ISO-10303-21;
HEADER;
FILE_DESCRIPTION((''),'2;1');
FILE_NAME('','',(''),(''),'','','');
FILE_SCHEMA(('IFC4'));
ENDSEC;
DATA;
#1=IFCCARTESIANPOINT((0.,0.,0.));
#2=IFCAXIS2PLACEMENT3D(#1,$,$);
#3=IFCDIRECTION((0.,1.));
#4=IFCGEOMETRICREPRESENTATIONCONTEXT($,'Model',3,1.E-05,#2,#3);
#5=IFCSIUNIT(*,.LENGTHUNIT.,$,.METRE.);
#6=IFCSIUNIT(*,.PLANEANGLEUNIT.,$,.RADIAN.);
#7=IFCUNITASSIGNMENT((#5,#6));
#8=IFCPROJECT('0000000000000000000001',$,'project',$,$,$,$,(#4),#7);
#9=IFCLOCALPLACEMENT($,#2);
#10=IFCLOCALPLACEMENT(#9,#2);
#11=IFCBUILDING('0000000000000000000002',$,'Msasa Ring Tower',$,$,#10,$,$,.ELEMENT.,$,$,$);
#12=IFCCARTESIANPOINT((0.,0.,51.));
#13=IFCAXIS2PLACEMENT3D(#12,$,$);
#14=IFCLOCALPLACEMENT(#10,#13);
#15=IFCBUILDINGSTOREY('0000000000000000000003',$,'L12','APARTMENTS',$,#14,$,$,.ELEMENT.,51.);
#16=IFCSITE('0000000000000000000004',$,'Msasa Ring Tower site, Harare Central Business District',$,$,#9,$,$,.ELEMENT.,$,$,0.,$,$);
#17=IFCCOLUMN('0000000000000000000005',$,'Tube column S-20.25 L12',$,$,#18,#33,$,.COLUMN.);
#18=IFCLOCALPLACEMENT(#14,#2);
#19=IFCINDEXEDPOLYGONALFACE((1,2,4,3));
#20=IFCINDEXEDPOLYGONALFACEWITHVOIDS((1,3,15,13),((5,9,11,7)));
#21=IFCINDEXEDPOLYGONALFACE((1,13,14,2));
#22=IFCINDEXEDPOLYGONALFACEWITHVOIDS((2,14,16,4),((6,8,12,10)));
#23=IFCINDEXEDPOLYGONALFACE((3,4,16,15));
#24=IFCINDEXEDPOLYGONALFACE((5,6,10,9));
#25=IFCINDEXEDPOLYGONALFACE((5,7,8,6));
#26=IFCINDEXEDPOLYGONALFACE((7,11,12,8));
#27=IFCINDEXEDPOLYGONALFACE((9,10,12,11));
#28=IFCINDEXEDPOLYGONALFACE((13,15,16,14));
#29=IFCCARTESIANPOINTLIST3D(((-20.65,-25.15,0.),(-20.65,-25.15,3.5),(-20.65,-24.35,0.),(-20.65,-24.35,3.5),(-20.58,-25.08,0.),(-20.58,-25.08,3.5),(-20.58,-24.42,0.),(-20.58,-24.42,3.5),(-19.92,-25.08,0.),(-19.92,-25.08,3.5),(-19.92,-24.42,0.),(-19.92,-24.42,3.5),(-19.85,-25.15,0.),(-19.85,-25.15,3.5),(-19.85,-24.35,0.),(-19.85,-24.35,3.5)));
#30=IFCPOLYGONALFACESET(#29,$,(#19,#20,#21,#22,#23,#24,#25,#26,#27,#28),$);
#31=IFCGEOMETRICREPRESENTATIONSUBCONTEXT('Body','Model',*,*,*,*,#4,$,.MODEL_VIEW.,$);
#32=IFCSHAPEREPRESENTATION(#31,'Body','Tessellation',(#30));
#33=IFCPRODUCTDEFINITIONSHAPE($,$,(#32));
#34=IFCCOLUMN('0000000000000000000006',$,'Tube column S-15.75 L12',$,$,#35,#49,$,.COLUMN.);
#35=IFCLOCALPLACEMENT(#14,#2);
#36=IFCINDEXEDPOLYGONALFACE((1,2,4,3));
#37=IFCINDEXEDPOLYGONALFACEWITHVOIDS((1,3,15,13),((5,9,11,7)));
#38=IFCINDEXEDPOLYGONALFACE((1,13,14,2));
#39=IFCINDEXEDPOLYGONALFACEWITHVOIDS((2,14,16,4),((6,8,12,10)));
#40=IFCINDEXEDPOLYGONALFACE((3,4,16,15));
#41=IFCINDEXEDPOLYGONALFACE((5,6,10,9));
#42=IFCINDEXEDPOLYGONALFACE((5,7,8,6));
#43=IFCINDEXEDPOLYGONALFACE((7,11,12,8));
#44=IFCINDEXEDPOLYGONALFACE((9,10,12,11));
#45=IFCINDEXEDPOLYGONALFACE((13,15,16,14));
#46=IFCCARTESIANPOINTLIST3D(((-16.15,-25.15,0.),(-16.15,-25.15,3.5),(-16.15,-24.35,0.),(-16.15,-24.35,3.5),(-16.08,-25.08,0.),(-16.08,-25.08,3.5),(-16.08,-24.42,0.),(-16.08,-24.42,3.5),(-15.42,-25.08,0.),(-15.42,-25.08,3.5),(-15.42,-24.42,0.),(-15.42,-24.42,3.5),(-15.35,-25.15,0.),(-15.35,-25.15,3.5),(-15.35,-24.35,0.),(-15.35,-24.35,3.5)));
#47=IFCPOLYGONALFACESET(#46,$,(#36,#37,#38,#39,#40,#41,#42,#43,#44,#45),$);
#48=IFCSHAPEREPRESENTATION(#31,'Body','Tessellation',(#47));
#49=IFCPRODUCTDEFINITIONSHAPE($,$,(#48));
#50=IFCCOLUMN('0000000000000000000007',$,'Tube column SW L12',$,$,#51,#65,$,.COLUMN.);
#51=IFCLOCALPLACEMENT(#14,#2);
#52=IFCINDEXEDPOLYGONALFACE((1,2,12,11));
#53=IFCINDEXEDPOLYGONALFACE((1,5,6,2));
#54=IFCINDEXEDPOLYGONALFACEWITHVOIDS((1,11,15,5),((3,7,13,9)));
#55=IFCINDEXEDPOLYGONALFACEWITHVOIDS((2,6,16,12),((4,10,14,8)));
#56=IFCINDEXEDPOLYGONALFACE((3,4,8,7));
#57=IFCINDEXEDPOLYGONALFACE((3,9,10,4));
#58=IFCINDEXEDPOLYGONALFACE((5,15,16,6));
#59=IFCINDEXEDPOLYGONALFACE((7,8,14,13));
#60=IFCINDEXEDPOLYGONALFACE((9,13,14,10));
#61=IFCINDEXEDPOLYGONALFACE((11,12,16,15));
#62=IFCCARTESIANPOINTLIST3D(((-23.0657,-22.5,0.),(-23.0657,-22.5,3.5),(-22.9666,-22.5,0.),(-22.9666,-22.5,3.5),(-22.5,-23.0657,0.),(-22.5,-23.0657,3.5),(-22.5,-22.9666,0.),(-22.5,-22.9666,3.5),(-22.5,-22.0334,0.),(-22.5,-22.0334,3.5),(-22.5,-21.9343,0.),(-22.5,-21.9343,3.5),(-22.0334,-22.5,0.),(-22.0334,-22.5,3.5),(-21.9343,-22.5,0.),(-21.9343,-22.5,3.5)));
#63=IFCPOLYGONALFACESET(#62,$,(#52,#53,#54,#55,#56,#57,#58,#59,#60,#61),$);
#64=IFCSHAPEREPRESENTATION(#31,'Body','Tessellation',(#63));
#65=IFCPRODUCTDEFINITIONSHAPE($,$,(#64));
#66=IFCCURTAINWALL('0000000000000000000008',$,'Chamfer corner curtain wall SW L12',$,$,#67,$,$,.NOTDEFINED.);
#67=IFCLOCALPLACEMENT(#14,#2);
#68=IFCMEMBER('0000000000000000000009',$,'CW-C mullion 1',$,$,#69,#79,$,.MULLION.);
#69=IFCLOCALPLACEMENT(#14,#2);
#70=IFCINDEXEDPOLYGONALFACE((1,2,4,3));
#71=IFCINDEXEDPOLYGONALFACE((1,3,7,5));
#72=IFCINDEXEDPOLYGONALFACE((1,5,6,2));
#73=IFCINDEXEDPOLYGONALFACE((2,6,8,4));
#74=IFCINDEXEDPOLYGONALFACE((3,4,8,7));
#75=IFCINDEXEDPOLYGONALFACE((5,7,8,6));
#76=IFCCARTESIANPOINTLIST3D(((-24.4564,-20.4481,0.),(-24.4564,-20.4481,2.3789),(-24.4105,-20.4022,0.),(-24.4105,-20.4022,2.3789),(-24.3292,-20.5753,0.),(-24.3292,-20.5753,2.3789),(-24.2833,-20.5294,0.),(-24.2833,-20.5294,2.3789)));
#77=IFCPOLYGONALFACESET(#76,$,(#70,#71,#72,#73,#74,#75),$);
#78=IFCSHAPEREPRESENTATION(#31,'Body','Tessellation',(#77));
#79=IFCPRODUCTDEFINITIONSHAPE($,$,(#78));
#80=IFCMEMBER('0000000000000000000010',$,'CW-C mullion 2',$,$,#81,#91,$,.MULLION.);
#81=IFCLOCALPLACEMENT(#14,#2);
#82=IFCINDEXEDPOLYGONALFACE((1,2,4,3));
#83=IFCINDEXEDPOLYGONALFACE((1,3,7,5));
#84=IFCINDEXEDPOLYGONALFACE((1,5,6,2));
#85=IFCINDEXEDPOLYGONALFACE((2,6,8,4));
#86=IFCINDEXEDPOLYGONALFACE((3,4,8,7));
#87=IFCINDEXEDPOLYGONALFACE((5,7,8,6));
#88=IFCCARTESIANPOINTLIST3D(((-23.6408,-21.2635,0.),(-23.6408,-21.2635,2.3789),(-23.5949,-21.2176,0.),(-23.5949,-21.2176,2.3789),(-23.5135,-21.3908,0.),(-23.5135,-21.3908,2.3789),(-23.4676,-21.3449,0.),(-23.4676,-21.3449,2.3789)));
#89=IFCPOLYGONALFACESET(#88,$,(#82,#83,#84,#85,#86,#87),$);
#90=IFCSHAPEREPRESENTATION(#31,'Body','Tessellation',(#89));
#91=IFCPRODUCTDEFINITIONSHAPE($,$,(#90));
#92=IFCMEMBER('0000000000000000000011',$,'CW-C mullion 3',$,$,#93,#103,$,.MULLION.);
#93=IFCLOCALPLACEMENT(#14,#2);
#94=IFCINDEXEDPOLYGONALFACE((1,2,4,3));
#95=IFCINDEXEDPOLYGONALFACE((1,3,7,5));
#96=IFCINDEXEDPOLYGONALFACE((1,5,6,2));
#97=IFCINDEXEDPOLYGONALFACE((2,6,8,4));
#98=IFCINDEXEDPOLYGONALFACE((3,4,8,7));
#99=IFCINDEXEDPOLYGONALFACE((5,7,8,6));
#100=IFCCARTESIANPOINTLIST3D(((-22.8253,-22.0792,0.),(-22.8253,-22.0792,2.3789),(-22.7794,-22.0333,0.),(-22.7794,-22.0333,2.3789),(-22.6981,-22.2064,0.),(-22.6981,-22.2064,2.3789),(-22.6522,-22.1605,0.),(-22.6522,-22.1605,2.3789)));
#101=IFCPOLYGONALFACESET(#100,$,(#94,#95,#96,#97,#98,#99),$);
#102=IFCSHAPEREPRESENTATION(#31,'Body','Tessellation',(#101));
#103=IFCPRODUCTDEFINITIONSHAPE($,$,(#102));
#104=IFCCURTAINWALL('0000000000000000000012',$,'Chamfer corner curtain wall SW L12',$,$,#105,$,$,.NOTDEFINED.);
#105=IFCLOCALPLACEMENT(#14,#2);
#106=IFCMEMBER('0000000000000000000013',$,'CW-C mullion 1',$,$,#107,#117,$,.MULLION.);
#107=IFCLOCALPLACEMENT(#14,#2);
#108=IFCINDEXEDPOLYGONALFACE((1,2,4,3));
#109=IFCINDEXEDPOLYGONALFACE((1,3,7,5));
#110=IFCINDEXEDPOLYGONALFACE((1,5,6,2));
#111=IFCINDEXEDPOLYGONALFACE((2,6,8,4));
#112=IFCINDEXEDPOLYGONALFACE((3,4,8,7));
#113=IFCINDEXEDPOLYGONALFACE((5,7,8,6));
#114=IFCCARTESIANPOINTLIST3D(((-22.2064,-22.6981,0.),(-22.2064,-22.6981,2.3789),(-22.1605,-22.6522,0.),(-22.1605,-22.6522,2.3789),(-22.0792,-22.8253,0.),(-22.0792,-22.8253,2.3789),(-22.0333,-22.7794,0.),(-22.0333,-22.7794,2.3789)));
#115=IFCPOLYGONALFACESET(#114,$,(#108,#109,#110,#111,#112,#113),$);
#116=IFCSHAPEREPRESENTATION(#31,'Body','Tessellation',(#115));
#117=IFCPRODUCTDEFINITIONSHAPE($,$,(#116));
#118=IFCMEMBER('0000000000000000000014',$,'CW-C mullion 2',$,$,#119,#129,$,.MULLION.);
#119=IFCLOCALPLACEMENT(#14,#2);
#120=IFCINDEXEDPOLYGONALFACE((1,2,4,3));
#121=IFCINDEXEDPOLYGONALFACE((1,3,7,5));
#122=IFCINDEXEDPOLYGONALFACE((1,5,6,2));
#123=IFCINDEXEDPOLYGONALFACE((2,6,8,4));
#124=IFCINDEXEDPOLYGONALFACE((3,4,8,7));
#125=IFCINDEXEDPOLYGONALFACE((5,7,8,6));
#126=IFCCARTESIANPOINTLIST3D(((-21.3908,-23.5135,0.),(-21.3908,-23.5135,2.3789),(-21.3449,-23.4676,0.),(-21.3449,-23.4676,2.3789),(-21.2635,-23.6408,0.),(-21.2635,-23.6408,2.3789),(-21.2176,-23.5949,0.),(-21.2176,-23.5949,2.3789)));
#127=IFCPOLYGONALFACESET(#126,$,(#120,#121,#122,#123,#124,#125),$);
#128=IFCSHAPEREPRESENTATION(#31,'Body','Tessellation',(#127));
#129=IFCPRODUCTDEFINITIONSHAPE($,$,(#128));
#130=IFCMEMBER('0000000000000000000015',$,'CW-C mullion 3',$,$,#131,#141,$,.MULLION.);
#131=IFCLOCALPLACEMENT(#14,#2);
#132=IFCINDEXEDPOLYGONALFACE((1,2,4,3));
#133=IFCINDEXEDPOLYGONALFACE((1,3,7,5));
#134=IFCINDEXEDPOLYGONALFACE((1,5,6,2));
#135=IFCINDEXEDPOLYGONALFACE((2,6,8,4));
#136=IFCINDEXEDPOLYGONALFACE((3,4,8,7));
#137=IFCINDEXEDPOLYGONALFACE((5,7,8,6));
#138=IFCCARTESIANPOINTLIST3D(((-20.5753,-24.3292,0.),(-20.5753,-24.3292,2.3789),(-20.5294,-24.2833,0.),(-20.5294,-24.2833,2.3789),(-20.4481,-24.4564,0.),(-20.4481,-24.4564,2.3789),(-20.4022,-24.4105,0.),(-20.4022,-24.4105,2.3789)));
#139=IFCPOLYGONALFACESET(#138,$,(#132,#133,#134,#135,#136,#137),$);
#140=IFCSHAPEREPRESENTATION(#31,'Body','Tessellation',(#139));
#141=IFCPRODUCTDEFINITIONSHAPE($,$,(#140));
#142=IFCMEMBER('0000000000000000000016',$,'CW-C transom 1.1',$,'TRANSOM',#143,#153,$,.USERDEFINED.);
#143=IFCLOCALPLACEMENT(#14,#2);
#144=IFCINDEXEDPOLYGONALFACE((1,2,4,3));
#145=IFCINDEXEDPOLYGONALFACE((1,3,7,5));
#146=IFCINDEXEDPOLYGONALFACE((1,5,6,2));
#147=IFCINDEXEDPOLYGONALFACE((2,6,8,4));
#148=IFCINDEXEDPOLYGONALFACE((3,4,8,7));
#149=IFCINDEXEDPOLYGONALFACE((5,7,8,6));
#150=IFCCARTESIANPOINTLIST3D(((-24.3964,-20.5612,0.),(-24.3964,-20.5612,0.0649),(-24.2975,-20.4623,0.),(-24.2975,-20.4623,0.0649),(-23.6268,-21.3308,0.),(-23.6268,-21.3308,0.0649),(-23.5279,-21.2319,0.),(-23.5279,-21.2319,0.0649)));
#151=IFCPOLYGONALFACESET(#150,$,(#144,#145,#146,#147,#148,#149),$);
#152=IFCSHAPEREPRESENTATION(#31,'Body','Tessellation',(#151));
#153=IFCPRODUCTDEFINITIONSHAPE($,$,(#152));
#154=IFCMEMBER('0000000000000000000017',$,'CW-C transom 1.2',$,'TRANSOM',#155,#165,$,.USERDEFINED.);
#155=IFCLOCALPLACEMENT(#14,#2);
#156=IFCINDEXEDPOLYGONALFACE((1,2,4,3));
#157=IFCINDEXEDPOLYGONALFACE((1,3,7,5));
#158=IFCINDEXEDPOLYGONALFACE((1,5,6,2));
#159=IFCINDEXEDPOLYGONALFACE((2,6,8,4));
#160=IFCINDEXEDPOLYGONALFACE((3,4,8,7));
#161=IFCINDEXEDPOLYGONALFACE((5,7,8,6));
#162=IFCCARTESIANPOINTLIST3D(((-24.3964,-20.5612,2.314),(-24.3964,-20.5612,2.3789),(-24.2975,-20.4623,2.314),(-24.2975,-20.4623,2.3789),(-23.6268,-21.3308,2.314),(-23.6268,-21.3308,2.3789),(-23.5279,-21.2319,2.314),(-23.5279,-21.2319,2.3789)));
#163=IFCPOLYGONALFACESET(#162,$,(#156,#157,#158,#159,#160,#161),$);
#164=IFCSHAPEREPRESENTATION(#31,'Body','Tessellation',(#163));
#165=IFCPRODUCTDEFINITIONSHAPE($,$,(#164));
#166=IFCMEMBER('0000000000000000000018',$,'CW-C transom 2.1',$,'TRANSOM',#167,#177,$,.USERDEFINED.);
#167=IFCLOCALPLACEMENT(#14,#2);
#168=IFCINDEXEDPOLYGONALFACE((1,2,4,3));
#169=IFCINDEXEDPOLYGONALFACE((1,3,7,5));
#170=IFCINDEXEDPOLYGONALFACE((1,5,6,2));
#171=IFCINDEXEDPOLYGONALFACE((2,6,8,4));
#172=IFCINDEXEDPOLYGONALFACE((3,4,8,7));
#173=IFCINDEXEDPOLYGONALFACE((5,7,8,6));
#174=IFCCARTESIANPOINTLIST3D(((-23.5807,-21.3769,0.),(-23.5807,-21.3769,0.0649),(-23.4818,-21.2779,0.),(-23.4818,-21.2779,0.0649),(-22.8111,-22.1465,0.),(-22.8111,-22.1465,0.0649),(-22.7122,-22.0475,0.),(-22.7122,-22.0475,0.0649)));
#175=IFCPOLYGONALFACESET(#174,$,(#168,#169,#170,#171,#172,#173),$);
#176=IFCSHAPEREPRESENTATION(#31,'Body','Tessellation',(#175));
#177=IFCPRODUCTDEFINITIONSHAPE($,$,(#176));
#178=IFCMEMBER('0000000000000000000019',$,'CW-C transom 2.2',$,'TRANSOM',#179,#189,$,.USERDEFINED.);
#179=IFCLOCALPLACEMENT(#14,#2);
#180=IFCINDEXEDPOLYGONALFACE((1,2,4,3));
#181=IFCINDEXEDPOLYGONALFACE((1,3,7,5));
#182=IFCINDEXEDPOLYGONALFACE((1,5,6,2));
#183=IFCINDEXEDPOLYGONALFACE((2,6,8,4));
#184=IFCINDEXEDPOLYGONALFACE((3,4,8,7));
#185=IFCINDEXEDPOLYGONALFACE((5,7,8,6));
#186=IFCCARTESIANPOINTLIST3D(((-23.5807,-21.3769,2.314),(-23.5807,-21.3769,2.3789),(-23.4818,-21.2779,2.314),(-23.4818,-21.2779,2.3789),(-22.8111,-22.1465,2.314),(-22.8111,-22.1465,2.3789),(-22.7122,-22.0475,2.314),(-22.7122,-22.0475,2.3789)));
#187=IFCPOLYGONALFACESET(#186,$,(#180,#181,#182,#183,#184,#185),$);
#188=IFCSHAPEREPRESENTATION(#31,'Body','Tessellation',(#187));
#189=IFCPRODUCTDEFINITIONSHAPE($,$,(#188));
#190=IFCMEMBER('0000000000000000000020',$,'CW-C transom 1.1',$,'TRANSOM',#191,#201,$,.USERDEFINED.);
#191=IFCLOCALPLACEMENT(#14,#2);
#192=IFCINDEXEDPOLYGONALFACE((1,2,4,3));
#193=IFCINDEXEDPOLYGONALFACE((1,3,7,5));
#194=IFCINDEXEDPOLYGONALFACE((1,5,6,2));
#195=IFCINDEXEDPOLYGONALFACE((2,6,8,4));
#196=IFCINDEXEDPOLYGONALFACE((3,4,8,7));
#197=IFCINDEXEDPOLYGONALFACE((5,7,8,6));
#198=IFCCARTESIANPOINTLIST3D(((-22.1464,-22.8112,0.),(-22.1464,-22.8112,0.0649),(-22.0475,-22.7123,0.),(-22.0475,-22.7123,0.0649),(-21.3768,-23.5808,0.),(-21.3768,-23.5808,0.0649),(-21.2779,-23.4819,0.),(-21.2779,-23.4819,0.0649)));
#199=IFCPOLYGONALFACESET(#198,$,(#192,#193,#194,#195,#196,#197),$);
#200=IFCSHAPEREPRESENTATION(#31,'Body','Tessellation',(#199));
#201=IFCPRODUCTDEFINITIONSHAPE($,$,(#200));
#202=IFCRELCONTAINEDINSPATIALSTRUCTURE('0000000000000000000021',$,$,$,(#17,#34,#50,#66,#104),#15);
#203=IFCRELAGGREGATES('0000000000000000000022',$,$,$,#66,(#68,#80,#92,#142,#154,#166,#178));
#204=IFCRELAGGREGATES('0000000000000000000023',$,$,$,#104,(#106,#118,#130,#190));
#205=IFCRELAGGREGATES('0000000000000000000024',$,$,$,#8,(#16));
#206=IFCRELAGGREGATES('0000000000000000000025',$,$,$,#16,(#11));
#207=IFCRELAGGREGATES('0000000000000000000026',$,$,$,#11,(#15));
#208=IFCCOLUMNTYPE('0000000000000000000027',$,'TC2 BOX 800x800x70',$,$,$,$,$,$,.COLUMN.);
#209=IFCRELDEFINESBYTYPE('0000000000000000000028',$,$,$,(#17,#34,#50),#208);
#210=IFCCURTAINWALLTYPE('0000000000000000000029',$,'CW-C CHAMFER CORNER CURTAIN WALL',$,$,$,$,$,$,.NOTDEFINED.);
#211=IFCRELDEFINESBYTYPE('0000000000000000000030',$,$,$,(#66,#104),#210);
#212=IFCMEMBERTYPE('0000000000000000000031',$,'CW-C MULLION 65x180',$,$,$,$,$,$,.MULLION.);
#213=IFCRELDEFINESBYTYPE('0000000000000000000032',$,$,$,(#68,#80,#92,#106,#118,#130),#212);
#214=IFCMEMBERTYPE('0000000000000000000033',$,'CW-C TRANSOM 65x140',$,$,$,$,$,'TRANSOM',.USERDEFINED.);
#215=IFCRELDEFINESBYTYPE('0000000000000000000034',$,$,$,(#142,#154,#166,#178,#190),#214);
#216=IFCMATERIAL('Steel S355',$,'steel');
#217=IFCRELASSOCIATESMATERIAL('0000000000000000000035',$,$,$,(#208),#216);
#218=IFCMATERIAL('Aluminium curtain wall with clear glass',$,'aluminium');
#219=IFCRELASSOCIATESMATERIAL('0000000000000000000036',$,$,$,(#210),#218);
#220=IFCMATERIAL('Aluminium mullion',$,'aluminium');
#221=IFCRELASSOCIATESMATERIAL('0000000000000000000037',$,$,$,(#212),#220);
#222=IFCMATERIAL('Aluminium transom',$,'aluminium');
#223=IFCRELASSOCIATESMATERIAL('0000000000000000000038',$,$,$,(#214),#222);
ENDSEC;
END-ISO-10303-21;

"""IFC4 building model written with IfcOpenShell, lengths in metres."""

from ifc_helpers import new_model, si_unit, direction, frame, origin, origin_2d, place, context, subcontext, project, spatial, rectangle, hollow_rectangle, extrude, material, material_profile, profile_set, type_object, element, aggregate, save


model = new_model("IFC4")

# Units and contexts
model_context = context("Model", 3, precision=1e-05, world=origin(), true_north=direction((0.0, 1.0)))
body_context = subcontext(model_context, "Body", "Model", "MODEL_VIEW")
ifc_project = project(units=[si_unit("LENGTHUNIT", "METRE"), si_unit("PLANEANGLEUNIT", "RADIAN")], contexts=[model_context])

# Site, building, storey
site_placement = place(None, origin())
site = spatial("IfcSite", under=ifc_project, at=site_placement, Name="Msasa Ring Tower site, Harare Central Business District", CompositionType="ELEMENT", RefElevation=0.0)
building_placement = place(site_placement, origin())
building = spatial("IfcBuilding", under=site, at=building_placement, Name="Msasa Ring Tower", CompositionType="ELEMENT")
storey_placement = place(building_placement, frame((0.0, 0.0, 51.0)))
storey = spatial("IfcBuildingStorey", under=building, at=storey_placement, Name="L12", Description="APARTMENTS", CompositionType="ELEMENT", Elevation=51.0)

# Columns
ifc_material_1 = material(Name="Steel S355", Category="steel")
ifc_material_profile_1 = material_profile(ifc_material_1, hollow_rectangle(XDim=0.8, YDim=0.8, WallThickness=0.0701, at=origin_2d()), Name="BOX 800x800x70")
ifc_profile_set_1 = profile_set([ifc_material_profile_1], Name="Steel S355")
column_type = type_object("IfcColumnType", Name="TC2 BOX 800x800x70", PredefinedType="COLUMN", material=ifc_profile_set_1)
for number, where, z_axis, x_axis, name in (
    (1, (-20.25, -24.75, 0.0), (0.0, 0.0, 1.0), (0.0, 1.0, 0.0), "Tube column S-20.25 L12"),
    (2, (-15.75, -24.75, 0.0), (0.0, 0.0, 1.0), (0.0, 1.0, 0.0), "Tube column S-15.75 L12"),
    (3, (-22.5, -22.5, 0.0), (0.0, 0.0, 1.0), (0.707107, 0.707107, 0.0), "Tube column SW L12"),
):
    element("IfcColumn", number, at=place(storey_placement, frame(where, z_axis=z_axis, x_axis=x_axis)), inside=storey, type_object=column_type, Name=name, PredefinedType="COLUMN", context=body_context, shape_type="SweptSolid", body=[
        extrude(hollow_rectangle(XDim=0.8, YDim=0.8, WallThickness=0.0701, at=origin_2d()), origin(), (0.0, 0.0, 1.0), 3.5),
    ])

# Curtain walls, members
ifc_material_2 = material(Name="Aluminium curtain wall with clear glass", Category="aluminium")
curtain_wall_type = type_object("IfcCurtainWallType", Name="CW-C CHAMFER CORNER CURTAIN WALL", PredefinedType="NOTDEFINED", material=ifc_material_2)
curtain_wall_1_placement = place(storey_placement, origin())
curtain_wall_1 = element("IfcCurtainWall", 4, at=curtain_wall_1_placement, inside=storey, type_object=curtain_wall_type, Name="Chamfer corner curtain wall SW L12", PredefinedType="NOTDEFINED")
ifc_material_3 = material(Name="Aluminium mullion", Category="aluminium")
ifc_material_profile_2 = material_profile(ifc_material_3, rectangle(XDim=0.0649, YDim=0.1799, at=origin_2d()), Name="AL 65x180")
ifc_profile_set_2 = profile_set([ifc_material_profile_2], Name="Aluminium mullion")
member_type_1 = type_object("IfcMemberType", Name="CW-C MULLION 65x180", PredefinedType="MULLION", material=ifc_profile_set_2)
member_1_placement = place(storey_placement, frame((-24.3699, -20.4888, 0.0), z_axis=(0.0, 0.0, 1.0), x_axis=(0.707107, 0.707107, 0.0)))
member_1 = element("IfcMember", 5, at=member_1_placement, type_object=member_type_1, Name="CW-C mullion 1", PredefinedType="MULLION", context=body_context, shape_type="SweptSolid", body=[
    extrude(rectangle(XDim=0.0649, YDim=0.1799, at=origin_2d()), origin(), (0.0, 0.0, 1.0), 2.3789),
])
member_2_placement = place(storey_placement, frame((-23.5542, -21.3042, 0.0), z_axis=(0.0, 0.0, 1.0), x_axis=(0.707107, 0.707107, 0.0)))
member_2 = element("IfcMember", 6, at=member_2_placement, type_object=member_type_1, Name="CW-C mullion 2", PredefinedType="MULLION", context=body_context, shape_type="SweptSolid", body=[
    extrude(rectangle(XDim=0.0649, YDim=0.1799, at=origin_2d()), origin(), (0.0, 0.0, 1.0), 2.3789),
])
member_3_placement = place(storey_placement, frame((-22.7388, -22.1199, 0.0), z_axis=(0.0, 0.0, 1.0), x_axis=(0.707107, 0.707107, 0.0)))
member_3 = element("IfcMember", 7, at=member_3_placement, type_object=member_type_1, Name="CW-C mullion 3", PredefinedType="MULLION", context=body_context, shape_type="SweptSolid", body=[
    extrude(rectangle(XDim=0.0649, YDim=0.1799, at=origin_2d()), origin(), (0.0, 0.0, 1.0), 2.3789),
])
curtain_wall_2_placement = place(storey_placement, origin())
curtain_wall_2 = element("IfcCurtainWall", 8, at=curtain_wall_2_placement, inside=storey, type_object=curtain_wall_type, Name="Chamfer corner curtain wall SW L12", PredefinedType="NOTDEFINED")
member_4_placement = place(storey_placement, frame((-22.1199, -22.7388, 0.0), z_axis=(0.0, 0.0, 1.0), x_axis=(0.707107, 0.707107, 0.0)))
member_4 = element("IfcMember", 9, at=member_4_placement, type_object=member_type_1, Name="CW-C mullion 1", PredefinedType="MULLION", context=body_context, shape_type="SweptSolid", body=[
    extrude(rectangle(XDim=0.0649, YDim=0.1799, at=origin_2d()), origin(), (0.0, 0.0, 1.0), 2.3789),
])
member_5_placement = place(storey_placement, frame((-21.3042, -23.5542, 0.0), z_axis=(0.0, 0.0, 1.0), x_axis=(0.707107, 0.707107, 0.0)))
member_5 = element("IfcMember", 10, at=member_5_placement, type_object=member_type_1, Name="CW-C mullion 2", PredefinedType="MULLION", context=body_context, shape_type="SweptSolid", body=[
    extrude(rectangle(XDim=0.0649, YDim=0.1799, at=origin_2d()), origin(), (0.0, 0.0, 1.0), 2.3789),
])
member_6_placement = place(storey_placement, frame((-20.4888, -24.3699, 0.0), z_axis=(0.0, 0.0, 1.0), x_axis=(0.707107, 0.707107, 0.0)))
member_6 = element("IfcMember", 11, at=member_6_placement, type_object=member_type_1, Name="CW-C mullion 3", PredefinedType="MULLION", context=body_context, shape_type="SweptSolid", body=[
    extrude(rectangle(XDim=0.0649, YDim=0.1799, at=origin_2d()), origin(), (0.0, 0.0, 1.0), 2.3789),
])

# Members
ifc_material_4 = material(Name="Aluminium transom", Category="aluminium")
ifc_material_profile_3 = material_profile(ifc_material_4, rectangle(XDim=0.1399, YDim=0.0649, at=origin_2d()), Name="AL 65x140")
ifc_profile_set_3 = profile_set([ifc_material_profile_3], Name="Aluminium transom")
member_type_2 = type_object("IfcMemberType", Name="CW-C TRANSOM 65x140", ElementType="TRANSOM", PredefinedType="USERDEFINED", material=ifc_profile_set_3)
member_7_placement = place(storey_placement, frame((-24.3469, -20.5117, 0.0325), z_axis=(0.707107, -0.707107, 0.0), x_axis=(0.707107, 0.707107, 0.0)))
member_7 = element("IfcMember", 12, at=member_7_placement, type_object=member_type_2, Name="CW-C transom 1.1", ObjectType="TRANSOM", PredefinedType="USERDEFINED", context=body_context, shape_type="SweptSolid", body=[
    extrude(rectangle(XDim=0.1399, YDim=0.0649, at=origin_2d()), origin(), (0.0, 0.0, 1.0), 1.0884),
])
member_8_placement = place(storey_placement, frame((-24.3469, -20.5117, 2.3464), z_axis=(0.707107, -0.707107, 0.0), x_axis=(0.707107, 0.707107, 0.0)))
member_8 = element("IfcMember", 13, at=member_8_placement, type_object=member_type_2, Name="CW-C transom 1.2", ObjectType="TRANSOM", PredefinedType="USERDEFINED", context=body_context, shape_type="SweptSolid", body=[
    extrude(rectangle(XDim=0.1399, YDim=0.0649, at=origin_2d()), origin(), (0.0, 0.0, 1.0), 1.0884),
])
member_9_placement = place(storey_placement, frame((-23.5312, -21.3274, 0.0325), z_axis=(0.707107, -0.707107, 0.0), x_axis=(0.707107, 0.707107, 0.0)))
member_9 = element("IfcMember", 14, at=member_9_placement, type_object=member_type_2, Name="CW-C transom 2.1", ObjectType="TRANSOM", PredefinedType="USERDEFINED", context=body_context, shape_type="SweptSolid", body=[
    extrude(rectangle(XDim=0.1399, YDim=0.0649, at=origin_2d()), origin(), (0.0, 0.0, 1.0), 1.0884),
])
member_10_placement = place(storey_placement, frame((-23.5312, -21.3274, 2.3464), z_axis=(0.707107, -0.707107, 0.0), x_axis=(0.707107, 0.707107, 0.0)))
member_10 = element("IfcMember", 15, at=member_10_placement, type_object=member_type_2, Name="CW-C transom 2.2", ObjectType="TRANSOM", PredefinedType="USERDEFINED", context=body_context, shape_type="SweptSolid", body=[
    extrude(rectangle(XDim=0.1399, YDim=0.0649, at=origin_2d()), origin(), (0.0, 0.0, 1.0), 1.0884),
])
member_11_placement = place(storey_placement, frame((-22.0969, -22.7617, 0.0325), z_axis=(0.707107, -0.707107, 0.0), x_axis=(0.707107, 0.707107, 0.0)))
member_11 = element("IfcMember", 16, at=member_11_placement, type_object=member_type_2, Name="CW-C transom 1.1", ObjectType="TRANSOM", PredefinedType="USERDEFINED", context=body_context, shape_type="SweptSolid", body=[
    extrude(rectangle(XDim=0.1399, YDim=0.0649, at=origin_2d()), origin(), (0.0, 0.0, 1.0), 1.0884),
])

aggregate(curtain_wall_1, [member_1, member_2, member_3, member_7, member_8, member_9, member_10])
aggregate(curtain_wall_2, [member_4, member_5, member_6, member_11])

save(model, "model.ifc")
